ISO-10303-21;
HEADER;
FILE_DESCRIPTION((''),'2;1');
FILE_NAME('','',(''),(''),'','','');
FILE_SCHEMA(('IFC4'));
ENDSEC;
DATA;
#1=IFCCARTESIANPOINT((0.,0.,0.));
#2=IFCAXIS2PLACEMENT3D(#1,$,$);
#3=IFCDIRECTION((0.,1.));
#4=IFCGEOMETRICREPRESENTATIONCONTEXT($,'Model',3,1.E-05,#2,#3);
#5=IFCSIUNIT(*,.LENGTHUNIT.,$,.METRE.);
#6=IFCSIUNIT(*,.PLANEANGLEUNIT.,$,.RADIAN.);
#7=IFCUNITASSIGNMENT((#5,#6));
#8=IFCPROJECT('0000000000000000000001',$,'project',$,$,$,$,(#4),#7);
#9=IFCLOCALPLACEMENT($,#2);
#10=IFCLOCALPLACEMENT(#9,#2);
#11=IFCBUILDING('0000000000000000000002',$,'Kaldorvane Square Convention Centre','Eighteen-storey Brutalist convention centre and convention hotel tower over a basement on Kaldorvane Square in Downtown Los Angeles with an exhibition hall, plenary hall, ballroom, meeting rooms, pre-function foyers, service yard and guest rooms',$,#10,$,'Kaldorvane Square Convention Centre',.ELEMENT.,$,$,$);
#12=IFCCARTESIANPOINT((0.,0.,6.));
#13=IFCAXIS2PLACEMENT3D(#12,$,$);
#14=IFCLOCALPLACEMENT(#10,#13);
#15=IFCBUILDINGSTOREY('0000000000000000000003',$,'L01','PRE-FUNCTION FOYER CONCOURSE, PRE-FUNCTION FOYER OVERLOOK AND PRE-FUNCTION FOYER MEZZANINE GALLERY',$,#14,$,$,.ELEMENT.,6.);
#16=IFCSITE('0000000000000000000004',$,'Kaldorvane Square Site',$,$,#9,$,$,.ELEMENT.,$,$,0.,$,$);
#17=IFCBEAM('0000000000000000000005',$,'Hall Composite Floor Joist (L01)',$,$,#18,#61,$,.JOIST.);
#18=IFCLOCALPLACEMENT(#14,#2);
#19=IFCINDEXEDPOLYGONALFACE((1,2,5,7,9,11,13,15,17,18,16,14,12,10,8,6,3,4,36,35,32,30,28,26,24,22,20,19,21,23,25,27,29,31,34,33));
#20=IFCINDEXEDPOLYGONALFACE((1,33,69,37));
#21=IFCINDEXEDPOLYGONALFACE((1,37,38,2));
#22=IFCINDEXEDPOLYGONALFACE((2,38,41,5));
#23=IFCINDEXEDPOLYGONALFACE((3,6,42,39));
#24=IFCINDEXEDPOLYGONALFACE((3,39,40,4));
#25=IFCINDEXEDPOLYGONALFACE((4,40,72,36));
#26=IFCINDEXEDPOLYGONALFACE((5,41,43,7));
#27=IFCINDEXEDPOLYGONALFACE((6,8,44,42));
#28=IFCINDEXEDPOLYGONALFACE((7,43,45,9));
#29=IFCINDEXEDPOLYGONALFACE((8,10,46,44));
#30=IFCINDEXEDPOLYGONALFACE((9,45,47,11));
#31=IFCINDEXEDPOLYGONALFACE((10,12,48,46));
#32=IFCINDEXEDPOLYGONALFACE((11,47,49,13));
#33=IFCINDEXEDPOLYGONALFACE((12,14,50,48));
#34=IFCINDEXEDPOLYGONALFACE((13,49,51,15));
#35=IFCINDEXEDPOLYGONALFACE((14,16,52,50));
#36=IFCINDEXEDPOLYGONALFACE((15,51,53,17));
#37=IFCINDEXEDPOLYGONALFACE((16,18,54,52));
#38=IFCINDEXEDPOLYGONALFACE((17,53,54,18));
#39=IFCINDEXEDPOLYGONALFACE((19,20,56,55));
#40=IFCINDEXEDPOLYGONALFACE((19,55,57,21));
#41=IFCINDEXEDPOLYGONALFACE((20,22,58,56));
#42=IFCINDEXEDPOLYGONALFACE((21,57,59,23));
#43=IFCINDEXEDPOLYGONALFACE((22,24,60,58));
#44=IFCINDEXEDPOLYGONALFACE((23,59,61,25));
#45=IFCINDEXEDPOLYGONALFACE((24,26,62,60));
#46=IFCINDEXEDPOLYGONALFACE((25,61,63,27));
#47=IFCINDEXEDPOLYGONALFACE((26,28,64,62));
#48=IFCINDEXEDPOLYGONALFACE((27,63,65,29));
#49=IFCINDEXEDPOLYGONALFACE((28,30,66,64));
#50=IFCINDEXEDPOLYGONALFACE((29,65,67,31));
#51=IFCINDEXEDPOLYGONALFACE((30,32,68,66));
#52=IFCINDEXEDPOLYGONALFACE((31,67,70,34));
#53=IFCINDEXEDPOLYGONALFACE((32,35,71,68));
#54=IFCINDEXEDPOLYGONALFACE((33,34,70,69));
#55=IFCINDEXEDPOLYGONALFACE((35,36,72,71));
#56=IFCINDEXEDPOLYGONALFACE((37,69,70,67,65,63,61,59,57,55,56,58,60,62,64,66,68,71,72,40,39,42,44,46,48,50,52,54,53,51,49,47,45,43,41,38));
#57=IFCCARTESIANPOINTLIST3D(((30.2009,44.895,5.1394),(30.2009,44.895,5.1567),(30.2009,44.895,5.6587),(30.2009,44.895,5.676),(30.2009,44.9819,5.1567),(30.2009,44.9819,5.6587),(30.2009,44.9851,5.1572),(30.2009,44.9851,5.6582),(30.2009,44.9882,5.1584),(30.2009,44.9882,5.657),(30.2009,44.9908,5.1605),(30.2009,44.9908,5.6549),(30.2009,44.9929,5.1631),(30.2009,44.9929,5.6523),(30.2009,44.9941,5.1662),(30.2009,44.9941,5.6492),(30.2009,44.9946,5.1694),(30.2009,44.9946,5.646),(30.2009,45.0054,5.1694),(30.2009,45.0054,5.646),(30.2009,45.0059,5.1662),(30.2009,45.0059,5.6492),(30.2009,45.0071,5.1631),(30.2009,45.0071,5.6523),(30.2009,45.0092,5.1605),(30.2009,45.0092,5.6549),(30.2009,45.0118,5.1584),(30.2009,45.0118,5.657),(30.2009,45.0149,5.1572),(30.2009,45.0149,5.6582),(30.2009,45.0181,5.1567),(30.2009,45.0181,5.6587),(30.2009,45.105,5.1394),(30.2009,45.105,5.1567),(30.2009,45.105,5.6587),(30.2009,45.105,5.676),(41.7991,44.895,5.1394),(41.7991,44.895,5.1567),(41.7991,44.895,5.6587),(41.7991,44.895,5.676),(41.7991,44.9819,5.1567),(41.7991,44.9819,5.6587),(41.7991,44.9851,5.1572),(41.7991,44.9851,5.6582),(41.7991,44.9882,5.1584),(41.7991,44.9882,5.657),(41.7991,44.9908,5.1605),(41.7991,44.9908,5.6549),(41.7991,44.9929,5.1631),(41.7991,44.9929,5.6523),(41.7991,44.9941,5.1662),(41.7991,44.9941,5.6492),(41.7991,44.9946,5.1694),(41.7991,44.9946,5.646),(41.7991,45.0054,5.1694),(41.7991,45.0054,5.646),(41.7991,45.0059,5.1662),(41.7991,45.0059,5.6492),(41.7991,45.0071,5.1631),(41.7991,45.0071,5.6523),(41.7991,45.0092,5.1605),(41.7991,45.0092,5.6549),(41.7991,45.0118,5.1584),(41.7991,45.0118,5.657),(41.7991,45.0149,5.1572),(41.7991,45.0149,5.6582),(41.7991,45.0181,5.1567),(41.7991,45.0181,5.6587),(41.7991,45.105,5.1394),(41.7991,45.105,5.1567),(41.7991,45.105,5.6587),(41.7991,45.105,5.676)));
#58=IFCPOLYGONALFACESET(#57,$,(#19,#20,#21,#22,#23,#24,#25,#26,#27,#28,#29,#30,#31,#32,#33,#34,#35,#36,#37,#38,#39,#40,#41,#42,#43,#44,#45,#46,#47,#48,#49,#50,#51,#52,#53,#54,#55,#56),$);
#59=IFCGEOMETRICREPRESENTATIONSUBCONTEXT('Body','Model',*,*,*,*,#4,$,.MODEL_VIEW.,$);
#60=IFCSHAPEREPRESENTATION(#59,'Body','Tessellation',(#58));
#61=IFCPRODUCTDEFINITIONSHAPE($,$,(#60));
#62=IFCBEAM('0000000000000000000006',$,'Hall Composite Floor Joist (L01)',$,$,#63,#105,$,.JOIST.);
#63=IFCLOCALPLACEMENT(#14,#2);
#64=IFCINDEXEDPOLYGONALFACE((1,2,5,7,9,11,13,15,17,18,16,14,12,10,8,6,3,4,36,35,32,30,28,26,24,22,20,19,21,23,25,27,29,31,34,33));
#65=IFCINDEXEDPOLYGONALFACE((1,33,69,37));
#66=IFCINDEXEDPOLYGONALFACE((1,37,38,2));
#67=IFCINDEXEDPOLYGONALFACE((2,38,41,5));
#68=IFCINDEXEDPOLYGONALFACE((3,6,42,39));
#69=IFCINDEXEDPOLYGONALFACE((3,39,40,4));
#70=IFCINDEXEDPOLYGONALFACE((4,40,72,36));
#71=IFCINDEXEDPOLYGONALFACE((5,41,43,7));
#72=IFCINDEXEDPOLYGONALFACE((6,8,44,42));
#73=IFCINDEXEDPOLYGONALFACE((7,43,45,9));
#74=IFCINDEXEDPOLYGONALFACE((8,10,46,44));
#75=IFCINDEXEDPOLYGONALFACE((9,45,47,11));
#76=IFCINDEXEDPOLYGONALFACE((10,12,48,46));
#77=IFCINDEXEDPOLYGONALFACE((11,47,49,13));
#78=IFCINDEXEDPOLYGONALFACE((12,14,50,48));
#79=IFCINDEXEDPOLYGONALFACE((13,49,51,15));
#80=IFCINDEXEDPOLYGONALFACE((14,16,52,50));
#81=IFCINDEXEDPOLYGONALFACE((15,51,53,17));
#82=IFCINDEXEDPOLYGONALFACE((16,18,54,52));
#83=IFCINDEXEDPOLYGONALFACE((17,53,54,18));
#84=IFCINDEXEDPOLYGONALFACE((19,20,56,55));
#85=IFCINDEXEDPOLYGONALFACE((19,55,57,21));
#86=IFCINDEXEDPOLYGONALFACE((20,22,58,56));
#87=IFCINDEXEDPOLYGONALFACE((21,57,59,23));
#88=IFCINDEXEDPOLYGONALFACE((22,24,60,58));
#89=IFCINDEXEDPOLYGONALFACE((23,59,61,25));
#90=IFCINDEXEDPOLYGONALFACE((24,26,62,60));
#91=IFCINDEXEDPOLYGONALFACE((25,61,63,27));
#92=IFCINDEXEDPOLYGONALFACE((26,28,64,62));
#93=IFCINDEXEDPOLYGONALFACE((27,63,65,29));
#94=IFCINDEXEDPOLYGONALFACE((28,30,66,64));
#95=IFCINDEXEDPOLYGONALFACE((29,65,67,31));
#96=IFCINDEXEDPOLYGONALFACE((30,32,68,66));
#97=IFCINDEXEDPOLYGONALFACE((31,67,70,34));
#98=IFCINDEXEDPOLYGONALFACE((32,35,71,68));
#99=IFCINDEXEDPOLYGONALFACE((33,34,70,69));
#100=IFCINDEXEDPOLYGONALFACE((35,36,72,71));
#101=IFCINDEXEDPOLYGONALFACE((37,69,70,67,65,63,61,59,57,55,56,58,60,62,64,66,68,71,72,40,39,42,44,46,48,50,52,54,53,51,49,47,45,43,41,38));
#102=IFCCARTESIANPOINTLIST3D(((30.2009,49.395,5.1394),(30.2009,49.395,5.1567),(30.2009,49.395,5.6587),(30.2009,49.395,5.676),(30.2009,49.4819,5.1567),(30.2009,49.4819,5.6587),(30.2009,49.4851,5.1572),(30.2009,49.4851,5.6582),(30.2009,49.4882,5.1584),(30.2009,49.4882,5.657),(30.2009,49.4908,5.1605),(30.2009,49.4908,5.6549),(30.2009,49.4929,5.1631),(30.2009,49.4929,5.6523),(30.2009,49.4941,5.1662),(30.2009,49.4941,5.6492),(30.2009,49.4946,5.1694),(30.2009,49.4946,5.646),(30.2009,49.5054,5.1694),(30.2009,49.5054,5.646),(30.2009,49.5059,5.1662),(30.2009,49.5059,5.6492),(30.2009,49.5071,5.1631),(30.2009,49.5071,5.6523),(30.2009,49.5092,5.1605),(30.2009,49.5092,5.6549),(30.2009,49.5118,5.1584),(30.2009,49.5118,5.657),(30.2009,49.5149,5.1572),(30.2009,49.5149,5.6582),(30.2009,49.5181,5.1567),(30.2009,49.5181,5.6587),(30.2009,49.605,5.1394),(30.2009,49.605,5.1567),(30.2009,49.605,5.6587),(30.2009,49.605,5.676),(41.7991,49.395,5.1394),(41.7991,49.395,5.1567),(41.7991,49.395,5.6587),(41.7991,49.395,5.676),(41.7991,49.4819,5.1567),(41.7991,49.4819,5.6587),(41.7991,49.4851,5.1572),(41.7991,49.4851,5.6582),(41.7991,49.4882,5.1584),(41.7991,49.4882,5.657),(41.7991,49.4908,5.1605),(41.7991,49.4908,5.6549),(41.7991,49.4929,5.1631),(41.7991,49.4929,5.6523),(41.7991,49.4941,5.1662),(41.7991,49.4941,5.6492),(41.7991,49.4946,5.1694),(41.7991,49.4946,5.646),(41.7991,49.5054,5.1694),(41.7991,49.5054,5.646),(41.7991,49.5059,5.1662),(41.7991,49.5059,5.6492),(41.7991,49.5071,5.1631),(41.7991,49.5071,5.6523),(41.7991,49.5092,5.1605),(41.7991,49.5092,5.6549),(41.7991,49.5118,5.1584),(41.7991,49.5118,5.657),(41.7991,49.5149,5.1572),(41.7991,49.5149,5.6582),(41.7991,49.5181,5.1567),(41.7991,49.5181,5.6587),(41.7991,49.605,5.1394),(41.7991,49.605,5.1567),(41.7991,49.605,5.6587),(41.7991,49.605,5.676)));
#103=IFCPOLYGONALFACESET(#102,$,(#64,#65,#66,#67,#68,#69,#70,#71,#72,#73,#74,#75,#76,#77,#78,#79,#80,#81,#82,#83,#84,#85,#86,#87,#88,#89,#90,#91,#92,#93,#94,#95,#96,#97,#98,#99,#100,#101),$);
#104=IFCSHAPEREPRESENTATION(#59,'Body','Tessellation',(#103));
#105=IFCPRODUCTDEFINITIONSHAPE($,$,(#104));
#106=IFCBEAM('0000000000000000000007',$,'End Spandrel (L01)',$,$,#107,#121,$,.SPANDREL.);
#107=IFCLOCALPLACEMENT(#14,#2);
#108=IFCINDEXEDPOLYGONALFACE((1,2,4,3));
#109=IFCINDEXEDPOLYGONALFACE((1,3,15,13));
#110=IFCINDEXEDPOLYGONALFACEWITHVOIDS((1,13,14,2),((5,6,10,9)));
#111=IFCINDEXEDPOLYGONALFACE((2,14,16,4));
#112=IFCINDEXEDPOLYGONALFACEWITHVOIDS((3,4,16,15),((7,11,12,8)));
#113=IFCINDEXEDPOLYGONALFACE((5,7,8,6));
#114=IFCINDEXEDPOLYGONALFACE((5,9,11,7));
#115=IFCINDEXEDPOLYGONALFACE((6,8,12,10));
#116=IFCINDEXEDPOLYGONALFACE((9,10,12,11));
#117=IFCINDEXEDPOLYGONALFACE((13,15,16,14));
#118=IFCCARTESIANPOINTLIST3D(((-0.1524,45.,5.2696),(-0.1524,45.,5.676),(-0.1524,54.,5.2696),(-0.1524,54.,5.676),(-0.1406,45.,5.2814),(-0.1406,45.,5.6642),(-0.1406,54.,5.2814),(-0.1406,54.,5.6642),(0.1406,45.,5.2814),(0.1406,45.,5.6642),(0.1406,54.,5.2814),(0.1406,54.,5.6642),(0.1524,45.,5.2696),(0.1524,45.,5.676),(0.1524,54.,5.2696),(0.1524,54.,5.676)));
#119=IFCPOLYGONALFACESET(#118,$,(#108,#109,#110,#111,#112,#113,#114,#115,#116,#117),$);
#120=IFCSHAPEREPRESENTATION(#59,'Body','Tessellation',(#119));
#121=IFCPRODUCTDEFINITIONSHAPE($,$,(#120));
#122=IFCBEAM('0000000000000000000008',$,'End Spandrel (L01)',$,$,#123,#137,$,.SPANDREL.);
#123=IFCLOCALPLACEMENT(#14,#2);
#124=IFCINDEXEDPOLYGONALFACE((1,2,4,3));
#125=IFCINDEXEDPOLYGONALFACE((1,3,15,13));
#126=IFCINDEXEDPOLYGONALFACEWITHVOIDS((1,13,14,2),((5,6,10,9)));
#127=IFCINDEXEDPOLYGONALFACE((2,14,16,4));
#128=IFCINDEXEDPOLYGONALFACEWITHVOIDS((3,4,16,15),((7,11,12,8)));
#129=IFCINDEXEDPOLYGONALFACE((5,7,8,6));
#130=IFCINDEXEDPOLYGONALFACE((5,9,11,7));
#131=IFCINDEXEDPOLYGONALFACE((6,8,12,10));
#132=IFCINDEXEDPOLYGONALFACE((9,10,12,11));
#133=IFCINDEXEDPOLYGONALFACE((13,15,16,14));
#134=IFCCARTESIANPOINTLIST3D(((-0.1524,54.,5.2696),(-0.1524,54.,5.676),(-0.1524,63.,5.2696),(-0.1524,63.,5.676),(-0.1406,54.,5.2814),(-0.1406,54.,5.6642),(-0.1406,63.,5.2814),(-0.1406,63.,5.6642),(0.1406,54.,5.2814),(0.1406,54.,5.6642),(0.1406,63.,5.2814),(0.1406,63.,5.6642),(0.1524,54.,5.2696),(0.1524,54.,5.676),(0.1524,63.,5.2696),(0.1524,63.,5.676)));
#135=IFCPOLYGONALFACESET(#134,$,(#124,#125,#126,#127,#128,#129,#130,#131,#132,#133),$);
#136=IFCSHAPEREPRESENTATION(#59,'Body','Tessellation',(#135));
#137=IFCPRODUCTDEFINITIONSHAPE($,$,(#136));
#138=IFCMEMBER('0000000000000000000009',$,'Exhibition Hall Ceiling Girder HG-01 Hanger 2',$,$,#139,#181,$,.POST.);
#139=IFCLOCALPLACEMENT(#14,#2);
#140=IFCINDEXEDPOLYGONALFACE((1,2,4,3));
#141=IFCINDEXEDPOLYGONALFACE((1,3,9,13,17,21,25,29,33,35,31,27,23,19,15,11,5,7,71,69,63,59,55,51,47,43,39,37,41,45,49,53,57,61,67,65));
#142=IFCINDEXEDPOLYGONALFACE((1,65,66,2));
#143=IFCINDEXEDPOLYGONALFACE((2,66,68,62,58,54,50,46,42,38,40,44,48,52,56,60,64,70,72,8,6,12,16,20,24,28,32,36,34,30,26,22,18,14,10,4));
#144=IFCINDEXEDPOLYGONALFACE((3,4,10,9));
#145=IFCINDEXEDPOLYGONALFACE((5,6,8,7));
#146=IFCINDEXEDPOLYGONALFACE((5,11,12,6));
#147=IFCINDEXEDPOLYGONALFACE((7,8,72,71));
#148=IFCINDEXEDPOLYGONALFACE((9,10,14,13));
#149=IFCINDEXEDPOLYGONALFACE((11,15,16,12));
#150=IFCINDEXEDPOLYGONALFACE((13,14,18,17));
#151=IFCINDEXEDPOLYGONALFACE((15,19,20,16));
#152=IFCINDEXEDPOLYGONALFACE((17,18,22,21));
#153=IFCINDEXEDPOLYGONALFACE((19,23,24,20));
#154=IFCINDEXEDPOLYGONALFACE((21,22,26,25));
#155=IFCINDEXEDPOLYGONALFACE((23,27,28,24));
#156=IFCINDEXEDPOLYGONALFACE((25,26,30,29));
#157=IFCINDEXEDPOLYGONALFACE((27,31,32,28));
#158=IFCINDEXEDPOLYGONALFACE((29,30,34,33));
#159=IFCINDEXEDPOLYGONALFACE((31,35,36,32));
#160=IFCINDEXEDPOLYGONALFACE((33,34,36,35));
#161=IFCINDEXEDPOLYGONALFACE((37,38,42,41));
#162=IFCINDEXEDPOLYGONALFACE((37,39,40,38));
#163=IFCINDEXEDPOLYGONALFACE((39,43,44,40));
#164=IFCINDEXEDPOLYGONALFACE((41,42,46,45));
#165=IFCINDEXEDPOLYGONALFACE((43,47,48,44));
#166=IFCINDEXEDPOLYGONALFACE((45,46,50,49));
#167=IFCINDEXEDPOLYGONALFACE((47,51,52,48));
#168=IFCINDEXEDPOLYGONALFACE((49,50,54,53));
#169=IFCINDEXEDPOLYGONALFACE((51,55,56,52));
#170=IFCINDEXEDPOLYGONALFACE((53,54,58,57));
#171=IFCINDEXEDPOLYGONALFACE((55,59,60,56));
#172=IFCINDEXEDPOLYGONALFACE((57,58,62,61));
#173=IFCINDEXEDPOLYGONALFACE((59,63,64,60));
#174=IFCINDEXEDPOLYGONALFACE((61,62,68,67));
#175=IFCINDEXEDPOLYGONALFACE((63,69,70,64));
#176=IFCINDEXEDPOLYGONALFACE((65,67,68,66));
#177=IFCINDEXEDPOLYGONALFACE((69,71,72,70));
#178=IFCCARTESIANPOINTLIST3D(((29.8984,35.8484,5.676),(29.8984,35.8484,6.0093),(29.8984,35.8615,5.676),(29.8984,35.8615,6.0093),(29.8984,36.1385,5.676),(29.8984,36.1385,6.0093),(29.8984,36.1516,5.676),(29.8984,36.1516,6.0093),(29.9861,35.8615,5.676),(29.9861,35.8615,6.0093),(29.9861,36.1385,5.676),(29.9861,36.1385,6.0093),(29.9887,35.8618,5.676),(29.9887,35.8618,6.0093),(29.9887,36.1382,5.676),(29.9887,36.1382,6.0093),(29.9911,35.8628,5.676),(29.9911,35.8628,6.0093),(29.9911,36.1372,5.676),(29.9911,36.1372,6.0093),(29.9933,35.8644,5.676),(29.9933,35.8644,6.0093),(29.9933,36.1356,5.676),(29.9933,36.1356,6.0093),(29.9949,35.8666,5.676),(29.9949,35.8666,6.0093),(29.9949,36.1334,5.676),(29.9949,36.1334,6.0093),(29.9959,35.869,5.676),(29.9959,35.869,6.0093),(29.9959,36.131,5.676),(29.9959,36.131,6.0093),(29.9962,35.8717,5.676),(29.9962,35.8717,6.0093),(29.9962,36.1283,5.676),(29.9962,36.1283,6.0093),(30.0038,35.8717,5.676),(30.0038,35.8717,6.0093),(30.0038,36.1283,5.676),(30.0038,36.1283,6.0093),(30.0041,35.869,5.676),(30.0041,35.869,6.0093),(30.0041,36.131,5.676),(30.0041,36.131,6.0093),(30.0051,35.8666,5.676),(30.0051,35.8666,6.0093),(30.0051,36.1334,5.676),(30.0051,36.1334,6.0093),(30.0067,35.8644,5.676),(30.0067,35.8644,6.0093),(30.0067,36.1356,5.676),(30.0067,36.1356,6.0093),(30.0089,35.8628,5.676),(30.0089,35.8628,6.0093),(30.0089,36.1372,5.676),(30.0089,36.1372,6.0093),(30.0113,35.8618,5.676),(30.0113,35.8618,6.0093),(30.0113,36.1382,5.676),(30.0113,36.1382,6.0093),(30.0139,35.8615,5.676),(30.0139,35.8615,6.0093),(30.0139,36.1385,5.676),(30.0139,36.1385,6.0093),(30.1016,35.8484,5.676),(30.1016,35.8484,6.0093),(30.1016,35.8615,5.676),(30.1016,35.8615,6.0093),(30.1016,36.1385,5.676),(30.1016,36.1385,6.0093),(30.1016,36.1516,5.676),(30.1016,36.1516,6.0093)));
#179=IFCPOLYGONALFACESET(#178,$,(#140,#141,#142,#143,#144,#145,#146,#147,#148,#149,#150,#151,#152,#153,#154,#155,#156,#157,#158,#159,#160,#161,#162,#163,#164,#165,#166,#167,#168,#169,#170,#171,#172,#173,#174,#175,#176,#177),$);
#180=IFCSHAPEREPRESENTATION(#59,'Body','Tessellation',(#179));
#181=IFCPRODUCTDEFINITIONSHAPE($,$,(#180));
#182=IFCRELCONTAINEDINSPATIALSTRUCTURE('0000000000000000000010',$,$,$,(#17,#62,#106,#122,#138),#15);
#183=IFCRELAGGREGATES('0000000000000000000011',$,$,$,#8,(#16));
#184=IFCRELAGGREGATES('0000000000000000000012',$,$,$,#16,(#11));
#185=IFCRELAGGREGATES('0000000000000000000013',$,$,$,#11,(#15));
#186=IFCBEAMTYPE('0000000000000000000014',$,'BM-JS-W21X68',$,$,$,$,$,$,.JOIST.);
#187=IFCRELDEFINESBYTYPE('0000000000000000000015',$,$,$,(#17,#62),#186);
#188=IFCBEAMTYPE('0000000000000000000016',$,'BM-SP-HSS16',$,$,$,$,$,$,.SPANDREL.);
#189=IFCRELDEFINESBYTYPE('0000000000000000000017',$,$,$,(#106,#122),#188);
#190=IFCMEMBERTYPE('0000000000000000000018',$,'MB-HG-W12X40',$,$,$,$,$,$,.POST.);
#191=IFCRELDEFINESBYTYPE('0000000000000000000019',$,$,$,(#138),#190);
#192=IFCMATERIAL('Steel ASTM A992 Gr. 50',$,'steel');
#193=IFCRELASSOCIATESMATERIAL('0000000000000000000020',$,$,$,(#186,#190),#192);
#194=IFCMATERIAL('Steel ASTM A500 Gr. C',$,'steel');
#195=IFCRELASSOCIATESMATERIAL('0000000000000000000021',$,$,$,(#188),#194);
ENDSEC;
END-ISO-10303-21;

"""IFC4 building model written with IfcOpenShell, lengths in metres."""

from ifc_helpers import new_model, si_unit, direction, frame, origin, origin_2d, place, context, subcontext, project, spatial, hollow_rectangle, i_section, extrude, material, material_profile, profile_set, type_object, element, save


model = new_model("IFC4")

# Units and contexts
model_context = context("Model", 3, precision=1e-05, world=origin(), true_north=direction((0.0, 1.0)))
body_context = subcontext(model_context, "Body", "Model", "MODEL_VIEW")
ifc_project = project(units=[si_unit("LENGTHUNIT", "METRE"), si_unit("PLANEANGLEUNIT", "RADIAN")], contexts=[model_context])

# Site, building, storey
site_placement = place(None, origin())
site = spatial("IfcSite", under=ifc_project, at=site_placement, Name="Kaldorvane Square Site", CompositionType="ELEMENT", RefElevation=0.0)
building_placement = place(site_placement, origin())
building = spatial("IfcBuilding", under=site, at=building_placement, Name="Kaldorvane Square Convention Centre", Description="Eighteen-storey Brutalist convention centre and convention hotel tower over a basement on Kaldorvane Square in Downtown Los Angeles with an exhibition hall, plenary hall, ballroom, meeting rooms, pre-function foyers, service yard and guest rooms", LongName="Kaldorvane Square Convention Centre", CompositionType="ELEMENT")
storey_placement = place(building_placement, frame((0.0, 0.0, 6.0)))
storey = spatial("IfcBuildingStorey", under=building, at=storey_placement, Name="L01", Description="PRE-FUNCTION FOYER CONCOURSE, PRE-FUNCTION FOYER OVERLOOK AND PRE-FUNCTION FOYER MEZZANINE GALLERY", CompositionType="ELEMENT", Elevation=6.0)

# Shared definitions
ifc_material_1 = material(Name="Steel ASTM A500 Gr. C", Category="steel")
ifc_material_2 = material(Name="Steel ASTM A992 Gr. 50", Category="steel")

# Beams
ifc_material_profile_1 = material_profile(ifc_material_2, i_section(OverallWidth=0.2101, OverallDepth=0.5367, WebThickness=0.0109, FlangeThickness=0.0174, FilletRadius=0.0127, at=origin_2d()), Name="W21X68")
ifc_profile_set_1 = profile_set([ifc_material_profile_1], Name="Steel ASTM A992 Gr. 50")
beam_type_1 = type_object("IfcBeamType", Name="BM-JS-W21X68", PredefinedType="JOIST", material=ifc_profile_set_1)
for number, where, z_axis, x_axis, name in (
    (1, (30.2009, 45.0, 5.4077), (1.0, 0.0, 0.0), (0.0, 1.0, 0.0), "Hall Composite Floor Joist (L01)"),
    (2, (30.2009, 49.5, 5.4077), (1.0, 0.0, 0.0), (0.0, 1.0, 0.0), "Hall Composite Floor Joist (L01)"),
):
    element("IfcBeam", number, at=place(storey_placement, frame(where, z_axis=z_axis, x_axis=x_axis)), inside=storey, type_object=beam_type_1, Name=name, PredefinedType="JOIST", context=body_context, shape_type="SweptSolid", body=[
        extrude(i_section(OverallWidth=0.2101, OverallDepth=0.5367, WebThickness=0.0109, FlangeThickness=0.0174, FilletRadius=0.0127, at=origin_2d()), origin(), (0.0, 0.0, 1.0), 11.5982),
    ])
ifc_material_profile_2 = material_profile(ifc_material_1, hollow_rectangle(XDim=0.3048, YDim=0.4064, WallThickness=0.0118, at=origin_2d()), Name="HSS16X12X1/2")
ifc_profile_set_2 = profile_set([ifc_material_profile_2], Name="Steel ASTM A500 Gr. C")
beam_type_2 = type_object("IfcBeamType", Name="BM-SP-HSS16", PredefinedType="SPANDREL", material=ifc_profile_set_2)
for number, where, z_axis, x_axis, name in (
    (3, (0.0, 45.0, 5.4728), (0.0, 1.0, 0.0), (-1.0, 0.0, 0.0), "End Spandrel (L01)"),
    (4, (0.0, 54.0, 5.4728), (0.0, 1.0, 0.0), (-1.0, 0.0, 0.0), "End Spandrel (L01)"),
):
    element("IfcBeam", number, at=place(storey_placement, frame(where, z_axis=z_axis, x_axis=x_axis)), inside=storey, type_object=beam_type_2, Name=name, PredefinedType="SPANDREL", context=body_context, shape_type="SweptSolid", body=[
        extrude(hollow_rectangle(XDim=0.3048, YDim=0.4064, WallThickness=0.0118, at=origin_2d()), origin(), (0.0, 0.0, 1.0), 9.0),
    ])

# Member
ifc_material_profile_3 = material_profile(ifc_material_2, i_section(OverallWidth=0.2033, OverallDepth=0.3033, WebThickness=0.0075, FlangeThickness=0.0131, FilletRadius=0.0102, at=origin_2d()), Name="W12X40")
ifc_profile_set_3 = profile_set([ifc_material_profile_3], Name="Steel ASTM A992 Gr. 50")
member_type = type_object("IfcMemberType", Name="MB-HG-W12X40", PredefinedType="POST", material=ifc_profile_set_3)
for number, where, z_axis, x_axis, name in (
    (5, (30.0, 36.0, 5.676), (0.0, 0.0, 1.0), (1.0, 0.0, 0.0), "Exhibition Hall Ceiling Girder HG-01 Hanger 2"),
):
    element("IfcMember", number, at=place(storey_placement, frame(where, z_axis=z_axis, x_axis=x_axis)), inside=storey, type_object=member_type, Name=name, PredefinedType="POST", context=body_context, shape_type="SweptSolid", body=[
        extrude(i_section(OverallWidth=0.2033, OverallDepth=0.3033, WebThickness=0.0075, FlangeThickness=0.0131, FilletRadius=0.0102, at=origin_2d()), origin(), (0.0, 0.0, 1.0), 0.3333),
    ])

save(model, "model.ifc")
